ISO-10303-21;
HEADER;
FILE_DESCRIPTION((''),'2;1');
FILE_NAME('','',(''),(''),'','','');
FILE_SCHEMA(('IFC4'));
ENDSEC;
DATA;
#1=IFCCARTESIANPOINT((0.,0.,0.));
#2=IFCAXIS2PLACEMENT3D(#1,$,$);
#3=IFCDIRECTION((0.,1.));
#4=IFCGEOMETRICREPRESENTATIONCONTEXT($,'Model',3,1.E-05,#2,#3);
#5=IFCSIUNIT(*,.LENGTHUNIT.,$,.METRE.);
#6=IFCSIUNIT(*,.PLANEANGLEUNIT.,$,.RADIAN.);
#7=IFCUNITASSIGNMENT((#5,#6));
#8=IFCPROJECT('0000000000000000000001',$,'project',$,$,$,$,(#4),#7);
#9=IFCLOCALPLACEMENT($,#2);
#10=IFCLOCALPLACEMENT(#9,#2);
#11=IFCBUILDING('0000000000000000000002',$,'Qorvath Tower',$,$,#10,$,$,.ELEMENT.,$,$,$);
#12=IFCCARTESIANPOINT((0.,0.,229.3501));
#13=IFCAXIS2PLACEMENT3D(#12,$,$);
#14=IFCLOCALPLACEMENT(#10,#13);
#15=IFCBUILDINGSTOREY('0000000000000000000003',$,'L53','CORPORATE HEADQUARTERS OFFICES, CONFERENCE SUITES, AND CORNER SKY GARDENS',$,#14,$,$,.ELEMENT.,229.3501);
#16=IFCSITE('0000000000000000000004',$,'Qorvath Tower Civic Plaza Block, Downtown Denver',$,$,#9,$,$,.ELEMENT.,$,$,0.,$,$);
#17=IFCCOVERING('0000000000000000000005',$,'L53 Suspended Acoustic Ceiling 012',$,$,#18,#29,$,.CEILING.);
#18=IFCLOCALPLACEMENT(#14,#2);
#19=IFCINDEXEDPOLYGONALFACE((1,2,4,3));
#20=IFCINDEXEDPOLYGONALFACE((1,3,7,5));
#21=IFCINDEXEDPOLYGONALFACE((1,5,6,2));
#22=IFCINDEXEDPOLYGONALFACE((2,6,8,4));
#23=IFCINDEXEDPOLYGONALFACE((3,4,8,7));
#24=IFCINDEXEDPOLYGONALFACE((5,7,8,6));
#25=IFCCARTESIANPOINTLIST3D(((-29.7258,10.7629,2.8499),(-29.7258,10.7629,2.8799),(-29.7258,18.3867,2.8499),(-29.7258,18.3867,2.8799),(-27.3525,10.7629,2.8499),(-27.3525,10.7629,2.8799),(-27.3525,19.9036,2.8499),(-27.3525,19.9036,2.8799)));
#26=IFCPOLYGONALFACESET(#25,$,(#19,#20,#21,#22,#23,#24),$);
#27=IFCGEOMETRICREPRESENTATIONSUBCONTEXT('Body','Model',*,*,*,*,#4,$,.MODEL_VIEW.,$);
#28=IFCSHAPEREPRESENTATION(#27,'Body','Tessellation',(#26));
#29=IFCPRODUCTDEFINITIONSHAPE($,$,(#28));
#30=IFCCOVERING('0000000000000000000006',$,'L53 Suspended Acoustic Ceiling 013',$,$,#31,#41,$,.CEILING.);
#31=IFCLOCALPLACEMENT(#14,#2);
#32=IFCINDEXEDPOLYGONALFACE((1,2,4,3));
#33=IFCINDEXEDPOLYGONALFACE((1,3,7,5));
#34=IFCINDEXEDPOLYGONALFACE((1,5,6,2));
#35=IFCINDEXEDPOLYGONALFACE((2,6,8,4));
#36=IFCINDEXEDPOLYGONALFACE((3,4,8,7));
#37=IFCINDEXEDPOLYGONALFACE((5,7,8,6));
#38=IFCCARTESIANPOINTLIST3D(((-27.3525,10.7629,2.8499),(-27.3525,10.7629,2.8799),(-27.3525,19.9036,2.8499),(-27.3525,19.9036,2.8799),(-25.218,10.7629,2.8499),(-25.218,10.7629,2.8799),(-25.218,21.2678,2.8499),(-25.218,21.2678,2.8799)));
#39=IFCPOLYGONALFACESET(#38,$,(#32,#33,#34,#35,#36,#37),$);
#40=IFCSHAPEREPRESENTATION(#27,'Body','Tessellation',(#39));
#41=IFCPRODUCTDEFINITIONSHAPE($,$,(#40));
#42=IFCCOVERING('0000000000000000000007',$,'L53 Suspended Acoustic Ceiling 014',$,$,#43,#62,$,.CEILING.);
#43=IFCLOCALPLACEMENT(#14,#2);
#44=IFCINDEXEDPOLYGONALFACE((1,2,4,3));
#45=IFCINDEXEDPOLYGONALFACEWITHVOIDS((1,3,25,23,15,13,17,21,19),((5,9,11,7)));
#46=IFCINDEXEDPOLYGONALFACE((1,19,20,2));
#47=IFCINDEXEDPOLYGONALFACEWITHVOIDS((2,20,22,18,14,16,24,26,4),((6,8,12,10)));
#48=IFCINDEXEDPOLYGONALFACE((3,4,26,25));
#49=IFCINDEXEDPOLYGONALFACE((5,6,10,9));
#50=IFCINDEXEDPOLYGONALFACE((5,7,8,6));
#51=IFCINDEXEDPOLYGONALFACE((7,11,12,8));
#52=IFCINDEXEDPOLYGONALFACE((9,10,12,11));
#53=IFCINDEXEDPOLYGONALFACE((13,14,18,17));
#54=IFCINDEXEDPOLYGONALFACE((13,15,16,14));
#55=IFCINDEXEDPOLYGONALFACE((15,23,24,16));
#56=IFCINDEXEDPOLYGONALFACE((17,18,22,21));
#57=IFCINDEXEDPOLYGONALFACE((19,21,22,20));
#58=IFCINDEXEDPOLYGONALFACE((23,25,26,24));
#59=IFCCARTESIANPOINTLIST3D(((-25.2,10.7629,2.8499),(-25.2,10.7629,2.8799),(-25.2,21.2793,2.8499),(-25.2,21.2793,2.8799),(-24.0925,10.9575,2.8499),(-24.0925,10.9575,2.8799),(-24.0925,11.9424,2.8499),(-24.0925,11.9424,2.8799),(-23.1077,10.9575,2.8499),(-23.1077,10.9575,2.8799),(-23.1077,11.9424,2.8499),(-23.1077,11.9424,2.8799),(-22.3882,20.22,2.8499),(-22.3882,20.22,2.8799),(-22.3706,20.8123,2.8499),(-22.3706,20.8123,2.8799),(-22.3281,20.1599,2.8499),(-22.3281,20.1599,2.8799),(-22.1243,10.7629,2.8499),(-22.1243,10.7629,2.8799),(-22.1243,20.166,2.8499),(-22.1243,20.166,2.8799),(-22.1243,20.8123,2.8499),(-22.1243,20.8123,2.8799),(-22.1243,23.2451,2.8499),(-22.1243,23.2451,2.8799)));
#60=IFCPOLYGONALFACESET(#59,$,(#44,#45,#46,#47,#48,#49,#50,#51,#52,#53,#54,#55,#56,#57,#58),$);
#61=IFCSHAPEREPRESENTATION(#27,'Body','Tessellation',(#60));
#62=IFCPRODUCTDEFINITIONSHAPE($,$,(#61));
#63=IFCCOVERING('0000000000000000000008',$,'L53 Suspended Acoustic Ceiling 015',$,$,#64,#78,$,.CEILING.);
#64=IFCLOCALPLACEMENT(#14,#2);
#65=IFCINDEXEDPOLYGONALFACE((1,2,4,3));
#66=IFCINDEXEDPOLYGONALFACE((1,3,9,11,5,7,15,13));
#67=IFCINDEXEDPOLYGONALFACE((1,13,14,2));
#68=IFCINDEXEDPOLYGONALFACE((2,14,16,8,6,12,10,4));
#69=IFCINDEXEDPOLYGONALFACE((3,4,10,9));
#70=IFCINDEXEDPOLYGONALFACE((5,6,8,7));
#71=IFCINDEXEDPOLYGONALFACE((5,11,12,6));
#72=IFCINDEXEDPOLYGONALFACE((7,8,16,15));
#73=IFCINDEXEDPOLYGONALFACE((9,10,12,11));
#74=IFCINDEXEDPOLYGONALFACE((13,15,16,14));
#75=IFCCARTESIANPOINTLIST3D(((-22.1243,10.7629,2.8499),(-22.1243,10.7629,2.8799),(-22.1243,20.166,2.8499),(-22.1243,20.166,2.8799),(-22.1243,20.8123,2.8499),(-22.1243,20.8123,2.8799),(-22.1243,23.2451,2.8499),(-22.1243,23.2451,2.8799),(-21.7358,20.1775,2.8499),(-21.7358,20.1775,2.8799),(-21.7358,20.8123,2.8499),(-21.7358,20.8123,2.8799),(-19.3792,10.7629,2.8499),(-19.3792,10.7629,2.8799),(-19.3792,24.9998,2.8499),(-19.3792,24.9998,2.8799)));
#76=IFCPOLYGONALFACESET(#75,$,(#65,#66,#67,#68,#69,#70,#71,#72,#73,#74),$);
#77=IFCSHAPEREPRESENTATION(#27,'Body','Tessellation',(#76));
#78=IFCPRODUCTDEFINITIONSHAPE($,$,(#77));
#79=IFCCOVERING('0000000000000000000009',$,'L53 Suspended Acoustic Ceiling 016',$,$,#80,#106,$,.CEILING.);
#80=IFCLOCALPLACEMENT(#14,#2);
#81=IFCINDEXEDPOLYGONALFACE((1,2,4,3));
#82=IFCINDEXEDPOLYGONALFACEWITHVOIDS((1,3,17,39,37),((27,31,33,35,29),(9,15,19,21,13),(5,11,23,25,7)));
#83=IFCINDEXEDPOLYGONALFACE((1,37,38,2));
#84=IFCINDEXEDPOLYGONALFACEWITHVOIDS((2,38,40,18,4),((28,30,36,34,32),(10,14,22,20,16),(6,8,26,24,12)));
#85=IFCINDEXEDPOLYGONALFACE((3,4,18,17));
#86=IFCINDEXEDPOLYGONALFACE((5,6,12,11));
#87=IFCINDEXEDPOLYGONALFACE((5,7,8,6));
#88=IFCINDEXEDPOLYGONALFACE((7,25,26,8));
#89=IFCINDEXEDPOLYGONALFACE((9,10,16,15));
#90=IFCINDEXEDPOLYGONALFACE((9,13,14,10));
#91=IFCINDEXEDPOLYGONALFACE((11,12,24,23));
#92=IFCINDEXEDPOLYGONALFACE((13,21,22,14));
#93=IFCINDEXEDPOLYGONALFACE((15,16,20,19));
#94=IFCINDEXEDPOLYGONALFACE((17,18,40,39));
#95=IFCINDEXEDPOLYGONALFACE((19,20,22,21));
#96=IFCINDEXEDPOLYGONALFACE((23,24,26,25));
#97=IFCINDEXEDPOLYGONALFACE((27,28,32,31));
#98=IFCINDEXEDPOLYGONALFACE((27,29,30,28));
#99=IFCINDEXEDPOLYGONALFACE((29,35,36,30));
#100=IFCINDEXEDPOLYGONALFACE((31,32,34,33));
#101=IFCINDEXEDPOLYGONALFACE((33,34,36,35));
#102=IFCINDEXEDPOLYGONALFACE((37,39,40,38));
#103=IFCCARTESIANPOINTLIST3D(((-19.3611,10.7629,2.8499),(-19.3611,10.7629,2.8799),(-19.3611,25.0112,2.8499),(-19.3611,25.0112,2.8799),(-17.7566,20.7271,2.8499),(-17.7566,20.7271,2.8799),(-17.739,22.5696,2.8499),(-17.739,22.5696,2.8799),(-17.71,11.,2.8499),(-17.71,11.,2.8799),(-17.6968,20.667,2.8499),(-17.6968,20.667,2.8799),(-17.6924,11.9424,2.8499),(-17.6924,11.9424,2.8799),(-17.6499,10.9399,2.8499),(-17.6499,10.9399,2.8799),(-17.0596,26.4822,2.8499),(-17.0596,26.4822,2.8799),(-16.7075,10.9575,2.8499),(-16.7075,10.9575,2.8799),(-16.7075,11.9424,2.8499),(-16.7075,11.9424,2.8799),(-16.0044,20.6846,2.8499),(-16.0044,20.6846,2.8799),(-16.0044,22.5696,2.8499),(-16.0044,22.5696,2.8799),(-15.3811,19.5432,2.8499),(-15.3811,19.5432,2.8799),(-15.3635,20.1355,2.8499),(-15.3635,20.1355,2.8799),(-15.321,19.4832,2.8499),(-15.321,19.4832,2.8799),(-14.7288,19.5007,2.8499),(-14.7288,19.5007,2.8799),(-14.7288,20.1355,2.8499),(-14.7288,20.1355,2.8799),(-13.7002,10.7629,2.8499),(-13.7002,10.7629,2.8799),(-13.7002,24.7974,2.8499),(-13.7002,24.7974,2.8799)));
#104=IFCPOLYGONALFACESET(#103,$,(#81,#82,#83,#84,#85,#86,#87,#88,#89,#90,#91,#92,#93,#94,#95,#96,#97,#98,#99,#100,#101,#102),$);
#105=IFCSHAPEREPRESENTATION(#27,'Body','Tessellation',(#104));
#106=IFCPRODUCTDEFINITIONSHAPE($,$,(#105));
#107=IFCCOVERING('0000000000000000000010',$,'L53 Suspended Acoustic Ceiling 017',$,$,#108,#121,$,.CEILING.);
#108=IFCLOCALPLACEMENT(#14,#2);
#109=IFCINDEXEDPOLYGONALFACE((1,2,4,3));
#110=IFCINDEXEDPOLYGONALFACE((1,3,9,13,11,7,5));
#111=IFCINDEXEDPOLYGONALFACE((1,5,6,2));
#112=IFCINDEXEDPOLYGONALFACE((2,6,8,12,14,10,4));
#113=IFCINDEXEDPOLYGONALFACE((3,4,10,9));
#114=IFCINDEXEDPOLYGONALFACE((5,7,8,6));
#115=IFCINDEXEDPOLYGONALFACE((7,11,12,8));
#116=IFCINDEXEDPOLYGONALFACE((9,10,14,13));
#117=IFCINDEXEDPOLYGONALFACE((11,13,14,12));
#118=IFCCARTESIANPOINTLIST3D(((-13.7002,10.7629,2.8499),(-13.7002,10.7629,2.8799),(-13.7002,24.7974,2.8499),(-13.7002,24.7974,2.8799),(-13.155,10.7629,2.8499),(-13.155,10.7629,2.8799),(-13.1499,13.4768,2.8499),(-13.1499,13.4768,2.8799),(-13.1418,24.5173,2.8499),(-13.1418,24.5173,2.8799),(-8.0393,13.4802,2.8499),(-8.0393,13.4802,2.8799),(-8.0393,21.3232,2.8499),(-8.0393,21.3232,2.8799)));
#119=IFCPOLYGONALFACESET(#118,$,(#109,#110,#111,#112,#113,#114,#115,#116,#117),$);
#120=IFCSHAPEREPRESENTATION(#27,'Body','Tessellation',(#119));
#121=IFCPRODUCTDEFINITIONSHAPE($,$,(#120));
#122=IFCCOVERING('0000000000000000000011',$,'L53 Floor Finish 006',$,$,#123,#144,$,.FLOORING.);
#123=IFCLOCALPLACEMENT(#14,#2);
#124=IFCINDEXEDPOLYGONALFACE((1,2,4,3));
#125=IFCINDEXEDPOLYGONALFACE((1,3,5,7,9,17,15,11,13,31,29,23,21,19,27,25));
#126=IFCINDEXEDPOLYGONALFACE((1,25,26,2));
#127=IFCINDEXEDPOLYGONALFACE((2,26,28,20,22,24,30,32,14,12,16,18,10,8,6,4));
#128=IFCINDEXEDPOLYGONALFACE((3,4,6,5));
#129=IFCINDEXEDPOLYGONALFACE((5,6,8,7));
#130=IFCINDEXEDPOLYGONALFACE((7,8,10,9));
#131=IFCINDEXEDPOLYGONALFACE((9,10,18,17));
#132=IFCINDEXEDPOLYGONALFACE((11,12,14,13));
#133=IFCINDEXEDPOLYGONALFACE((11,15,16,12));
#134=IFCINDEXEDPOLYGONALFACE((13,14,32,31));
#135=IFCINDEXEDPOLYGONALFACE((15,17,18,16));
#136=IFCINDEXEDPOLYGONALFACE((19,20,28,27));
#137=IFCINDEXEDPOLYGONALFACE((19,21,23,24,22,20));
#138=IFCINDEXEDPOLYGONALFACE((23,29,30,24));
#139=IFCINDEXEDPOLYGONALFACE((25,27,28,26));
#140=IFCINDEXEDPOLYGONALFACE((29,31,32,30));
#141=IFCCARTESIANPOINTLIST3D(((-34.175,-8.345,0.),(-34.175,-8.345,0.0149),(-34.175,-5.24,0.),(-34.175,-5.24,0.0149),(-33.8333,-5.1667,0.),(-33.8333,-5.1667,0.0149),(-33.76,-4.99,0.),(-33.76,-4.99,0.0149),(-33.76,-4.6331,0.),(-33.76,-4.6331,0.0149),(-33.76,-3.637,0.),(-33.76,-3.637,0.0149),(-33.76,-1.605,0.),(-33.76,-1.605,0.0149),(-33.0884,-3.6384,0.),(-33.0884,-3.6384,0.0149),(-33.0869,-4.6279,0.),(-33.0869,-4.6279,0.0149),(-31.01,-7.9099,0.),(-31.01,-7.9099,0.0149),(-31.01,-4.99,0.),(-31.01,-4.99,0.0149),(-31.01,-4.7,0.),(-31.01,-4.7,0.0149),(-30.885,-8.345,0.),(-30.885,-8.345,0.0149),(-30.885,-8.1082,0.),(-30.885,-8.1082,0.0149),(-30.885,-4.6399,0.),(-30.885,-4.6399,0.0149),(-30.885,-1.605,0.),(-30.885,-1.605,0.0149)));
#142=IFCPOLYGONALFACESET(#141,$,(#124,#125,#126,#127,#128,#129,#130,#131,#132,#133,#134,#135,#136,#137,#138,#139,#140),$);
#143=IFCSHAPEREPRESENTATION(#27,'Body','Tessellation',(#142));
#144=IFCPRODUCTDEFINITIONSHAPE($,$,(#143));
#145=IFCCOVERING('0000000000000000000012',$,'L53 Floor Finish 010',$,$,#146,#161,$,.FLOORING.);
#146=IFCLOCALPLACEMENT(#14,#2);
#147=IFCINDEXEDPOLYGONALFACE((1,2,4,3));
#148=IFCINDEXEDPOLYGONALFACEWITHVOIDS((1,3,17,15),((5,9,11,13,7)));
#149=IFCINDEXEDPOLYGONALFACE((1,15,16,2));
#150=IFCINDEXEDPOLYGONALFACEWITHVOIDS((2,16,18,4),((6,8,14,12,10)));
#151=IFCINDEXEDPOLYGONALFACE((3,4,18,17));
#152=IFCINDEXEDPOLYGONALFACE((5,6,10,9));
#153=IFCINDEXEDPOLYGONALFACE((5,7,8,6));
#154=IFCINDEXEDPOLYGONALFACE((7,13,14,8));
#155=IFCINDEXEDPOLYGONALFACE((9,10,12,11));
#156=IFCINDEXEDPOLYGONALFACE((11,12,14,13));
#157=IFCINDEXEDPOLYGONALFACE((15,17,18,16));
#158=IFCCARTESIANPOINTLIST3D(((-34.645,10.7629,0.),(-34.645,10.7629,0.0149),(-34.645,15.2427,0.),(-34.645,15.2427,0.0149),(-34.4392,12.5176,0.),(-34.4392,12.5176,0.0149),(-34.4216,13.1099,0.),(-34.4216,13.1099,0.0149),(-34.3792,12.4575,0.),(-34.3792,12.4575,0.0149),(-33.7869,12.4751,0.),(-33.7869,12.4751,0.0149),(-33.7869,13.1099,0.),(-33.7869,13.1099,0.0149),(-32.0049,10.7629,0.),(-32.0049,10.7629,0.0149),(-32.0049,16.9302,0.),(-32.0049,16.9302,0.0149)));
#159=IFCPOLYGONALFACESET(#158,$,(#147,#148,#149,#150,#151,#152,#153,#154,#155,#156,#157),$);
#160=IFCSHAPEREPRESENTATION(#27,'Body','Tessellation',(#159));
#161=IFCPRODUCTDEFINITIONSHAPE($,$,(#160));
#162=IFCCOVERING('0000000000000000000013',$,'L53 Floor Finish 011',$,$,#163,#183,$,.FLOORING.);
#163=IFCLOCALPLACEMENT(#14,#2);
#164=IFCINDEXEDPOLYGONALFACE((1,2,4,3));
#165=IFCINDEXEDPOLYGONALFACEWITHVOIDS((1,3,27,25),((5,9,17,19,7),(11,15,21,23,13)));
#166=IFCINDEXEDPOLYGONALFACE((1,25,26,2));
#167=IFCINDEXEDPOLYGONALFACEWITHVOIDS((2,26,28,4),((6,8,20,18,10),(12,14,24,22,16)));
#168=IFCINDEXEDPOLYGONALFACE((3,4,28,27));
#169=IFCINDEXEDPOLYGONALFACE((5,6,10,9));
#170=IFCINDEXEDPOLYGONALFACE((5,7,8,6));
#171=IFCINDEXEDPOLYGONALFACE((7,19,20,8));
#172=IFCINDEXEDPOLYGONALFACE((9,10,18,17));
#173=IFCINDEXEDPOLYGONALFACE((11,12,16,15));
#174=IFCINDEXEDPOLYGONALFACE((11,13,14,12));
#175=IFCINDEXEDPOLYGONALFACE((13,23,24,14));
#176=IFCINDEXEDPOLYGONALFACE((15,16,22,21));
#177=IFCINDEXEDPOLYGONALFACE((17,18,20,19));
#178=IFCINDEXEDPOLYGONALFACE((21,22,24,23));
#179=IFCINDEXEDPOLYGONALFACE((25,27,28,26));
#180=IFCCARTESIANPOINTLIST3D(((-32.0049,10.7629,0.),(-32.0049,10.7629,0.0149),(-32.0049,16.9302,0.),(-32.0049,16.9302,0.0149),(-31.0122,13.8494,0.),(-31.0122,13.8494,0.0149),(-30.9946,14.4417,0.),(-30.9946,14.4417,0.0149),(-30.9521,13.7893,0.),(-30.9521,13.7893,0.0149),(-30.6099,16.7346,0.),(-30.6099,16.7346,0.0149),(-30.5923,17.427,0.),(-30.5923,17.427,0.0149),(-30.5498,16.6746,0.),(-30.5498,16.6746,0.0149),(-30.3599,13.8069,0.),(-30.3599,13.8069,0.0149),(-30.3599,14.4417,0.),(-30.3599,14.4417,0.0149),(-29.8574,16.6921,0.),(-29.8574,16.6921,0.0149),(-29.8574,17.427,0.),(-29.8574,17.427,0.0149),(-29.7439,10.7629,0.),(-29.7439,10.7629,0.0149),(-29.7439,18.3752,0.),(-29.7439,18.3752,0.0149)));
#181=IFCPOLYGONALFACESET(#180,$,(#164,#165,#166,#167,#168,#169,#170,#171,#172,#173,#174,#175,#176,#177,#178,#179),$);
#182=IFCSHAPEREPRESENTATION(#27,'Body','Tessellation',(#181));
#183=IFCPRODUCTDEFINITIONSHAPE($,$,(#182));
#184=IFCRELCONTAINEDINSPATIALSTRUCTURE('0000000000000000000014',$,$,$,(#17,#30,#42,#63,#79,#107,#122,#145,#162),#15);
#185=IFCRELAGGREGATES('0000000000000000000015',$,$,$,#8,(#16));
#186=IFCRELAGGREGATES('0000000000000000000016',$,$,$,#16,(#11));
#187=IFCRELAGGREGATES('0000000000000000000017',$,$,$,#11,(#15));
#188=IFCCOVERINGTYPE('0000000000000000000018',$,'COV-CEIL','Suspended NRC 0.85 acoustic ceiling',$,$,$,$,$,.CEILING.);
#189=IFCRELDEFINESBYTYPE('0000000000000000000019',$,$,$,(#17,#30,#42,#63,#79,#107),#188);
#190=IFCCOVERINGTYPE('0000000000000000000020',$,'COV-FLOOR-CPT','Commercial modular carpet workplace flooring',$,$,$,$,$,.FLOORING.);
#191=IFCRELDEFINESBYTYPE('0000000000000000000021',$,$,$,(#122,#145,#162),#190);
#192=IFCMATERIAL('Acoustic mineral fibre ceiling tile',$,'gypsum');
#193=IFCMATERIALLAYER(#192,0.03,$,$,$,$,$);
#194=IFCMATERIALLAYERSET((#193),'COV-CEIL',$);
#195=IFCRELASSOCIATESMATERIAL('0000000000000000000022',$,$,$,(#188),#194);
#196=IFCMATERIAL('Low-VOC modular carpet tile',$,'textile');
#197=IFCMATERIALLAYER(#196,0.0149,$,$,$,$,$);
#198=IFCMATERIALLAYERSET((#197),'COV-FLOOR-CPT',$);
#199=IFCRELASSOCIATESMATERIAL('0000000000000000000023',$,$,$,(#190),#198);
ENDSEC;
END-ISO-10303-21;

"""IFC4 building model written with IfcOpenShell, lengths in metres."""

from ifc_helpers import new_model, si_unit, direction, frame, origin, place, context, subcontext, project, spatial, polyline, outline, extrude, material, layer, layer_set, type_object, element, save


model = new_model("IFC4")

# Units and contexts
model_context = context("Model", 3, precision=1e-05, world=origin(), true_north=direction((0.0, 1.0)))
body_context = subcontext(model_context, "Body", "Model", "MODEL_VIEW")
ifc_project = project(units=[si_unit("LENGTHUNIT", "METRE"), si_unit("PLANEANGLEUNIT", "RADIAN")], contexts=[model_context])

# Site, building, storey
site_placement = place(None, origin())
site = spatial("IfcSite", under=ifc_project, at=site_placement, Name="Qorvath Tower Civic Plaza Block, Downtown Denver", CompositionType="ELEMENT", RefElevation=0.0)
building_placement = place(site_placement, origin())
building = spatial("IfcBuilding", under=site, at=building_placement, Name="Qorvath Tower", CompositionType="ELEMENT")
storey_placement = place(building_placement, frame((0.0, 0.0, 229.3501)))
storey = spatial("IfcBuildingStorey", under=building, at=storey_placement, Name="L53", Description="CORPORATE HEADQUARTERS OFFICES, CONFERENCE SUITES, AND CORNER SKY GARDENS", CompositionType="ELEMENT", Elevation=229.3501)

# Coverings
ifc_material_1 = material(Name="Acoustic mineral fibre ceiling tile", Category="gypsum")
ifc_layer_1 = layer(ifc_material_1, 0.03)
ifc_layer_set_1 = layer_set([ifc_layer_1], Name="COV-CEIL")
covering_type_1 = type_object("IfcCoveringType", Name="COV-CEIL", Description="Suspended NRC 0.85 acoustic ceiling", PredefinedType="CEILING", material=ifc_layer_set_1)
covering_1_placement = place(storey_placement, frame((0.0, 0.0, 2.8499)))
element("IfcCovering", 1, at=covering_1_placement, inside=storey, type_object=covering_type_1, Name="L53 Suspended Acoustic Ceiling 012", PredefinedType="CEILING", context=body_context, shape_type="SweptSolid", body=[
    extrude(outline(polyline([(-29.7258, 10.7629), (-27.3525, 10.7629), (-27.3525, 19.9036), (-29.7258, 18.3867), (-29.7258, 10.7629)])), origin(), (0.0, 0.0, 1.0), 0.03),
])
covering_2_placement = place(storey_placement, frame((0.0, 0.0, 2.8499)))
element("IfcCovering", 2, at=covering_2_placement, inside=storey, type_object=covering_type_1, Name="L53 Suspended Acoustic Ceiling 013", PredefinedType="CEILING", context=body_context, shape_type="SweptSolid", body=[
    extrude(outline(polyline([(-27.3525, 19.9036), (-27.3525, 10.7629), (-25.218, 10.7629), (-25.218, 21.2678), (-27.3525, 19.9036)])), origin(), (0.0, 0.0, 1.0), 0.03),
])
covering_3_placement = place(storey_placement, frame((0.0, 0.0, 2.8499)))
element("IfcCovering", 3, at=covering_3_placement, inside=storey, type_object=covering_type_1, Name="L53 Suspended Acoustic Ceiling 014", PredefinedType="CEILING", context=body_context, shape_type="SweptSolid", body=[
    extrude(outline(polyline([(-25.2, 10.7629), (-22.1243, 10.7629), (-22.1243, 20.166), (-22.3281, 20.1599), (-22.3882, 20.22), (-22.3706, 20.8123), (-22.1243, 20.8123), (-22.1243, 23.2451), (-25.2, 21.2793), (-25.2, 10.7629)]), holes=[polyline([(-24.0925, 10.9575), (-24.0925, 11.9424), (-23.1077, 11.9424), (-23.1077, 10.9575), (-24.0925, 10.9575)])]), origin(), (0.0, 0.0, 1.0), 0.03),
])
covering_4_placement = place(storey_placement, frame((0.0, 0.0, 2.8499)))
element("IfcCovering", 4, at=covering_4_placement, inside=storey, type_object=covering_type_1, Name="L53 Suspended Acoustic Ceiling 015", PredefinedType="CEILING", context=body_context, shape_type="SweptSolid", body=[
    extrude(outline(polyline([(-22.1243, 23.2451), (-22.1243, 20.8123), (-21.7358, 20.8123), (-21.7358, 20.1775), (-22.1243, 20.166), (-22.1243, 10.7629), (-19.3792, 10.7629), (-19.3792, 24.9998), (-22.1243, 23.2451)])), origin(), (0.0, 0.0, 1.0), 0.03),
])
covering_5_placement = place(storey_placement, frame((0.0, 0.0, 2.8499)))
element("IfcCovering", 5, at=covering_5_placement, inside=storey, type_object=covering_type_1, Name="L53 Suspended Acoustic Ceiling 016", PredefinedType="CEILING", context=body_context, shape_type="SweptSolid", body=[
    extrude(outline(polyline([(-13.7002, 10.7629), (-13.7002, 24.7974), (-17.0596, 26.4822), (-19.3611, 25.0112), (-19.3611, 10.7629), (-13.7002, 10.7629)]), holes=[polyline([(-15.3811, 19.5432), (-15.3635, 20.1355), (-14.7288, 20.1355), (-14.7288, 19.5007), (-15.321, 19.4832), (-15.3811, 19.5432)]), polyline([(-17.7566, 20.7271), (-17.739, 22.5696), (-16.0044, 22.5696), (-16.0044, 20.6846), (-17.6968, 20.667), (-17.7566, 20.7271)]), polyline([(-17.71, 11.0), (-17.6924, 11.9424), (-16.7075, 11.9424), (-16.7075, 10.9575), (-17.6499, 10.9399), (-17.71, 11.0)])]), origin(), (0.0, 0.0, 1.0), 0.03),
])
covering_6_placement = place(storey_placement, frame((0.0, 0.0, 2.8499)))
element("IfcCovering", 6, at=covering_6_placement, inside=storey, type_object=covering_type_1, Name="L53 Suspended Acoustic Ceiling 017", PredefinedType="CEILING", context=body_context, shape_type="SweptSolid", body=[
    extrude(outline(polyline([(-8.0393, 13.4802), (-8.0393, 21.3232), (-13.1418, 24.5173), (-13.7002, 24.7974), (-13.7002, 10.7629), (-13.155, 10.7629), (-13.1499, 13.4768), (-8.0393, 13.4802)])), origin(), (0.0, 0.0, 1.0), 0.03),
])
ifc_material_2 = material(Name="Low-VOC modular carpet tile", Category="textile")
ifc_layer_2 = layer(ifc_material_2, 0.0149)
ifc_layer_set_2 = layer_set([ifc_layer_2], Name="COV-FLOOR-CPT")
covering_type_2 = type_object("IfcCoveringType", Name="COV-FLOOR-CPT", Description="Commercial modular carpet workplace flooring", PredefinedType="FLOORING", material=ifc_layer_set_2)
covering_7_placement = place(storey_placement, origin())
element("IfcCovering", 7, at=covering_7_placement, inside=storey, type_object=covering_type_2, Name="L53 Floor Finish 006", PredefinedType="FLOORING", context=body_context, shape_type="SweptSolid", body=[
    extrude(outline(polyline([(-30.885, -1.605), (-33.76, -1.605), (-33.76, -3.637), (-33.0884, -3.6384), (-33.0869, -4.6279), (-33.76, -4.6331), (-33.76, -4.99), (-33.8333, -5.1667), (-34.175, -5.24), (-34.175, -8.345), (-30.885, -8.345), (-30.885, -8.1082), (-31.01, -7.9099), (-31.01, -4.99), (-31.01, -4.7), (-30.885, -4.6399), (-30.885, -1.605)])), origin(), (0.0, 0.0, 1.0), 0.0149),
])
covering_8_placement = place(storey_placement, origin())
element("IfcCovering", 8, at=covering_8_placement, inside=storey, type_object=covering_type_2, Name="L53 Floor Finish 010", PredefinedType="FLOORING", context=body_context, shape_type="SweptSolid", body=[
    extrude(outline(polyline([(-32.0049, 10.7629), (-32.0049, 16.9302), (-34.645, 15.2427), (-34.645, 10.7629), (-32.0049, 10.7629)]), holes=[polyline([(-34.4392, 12.5176), (-34.4216, 13.1099), (-33.7869, 13.1099), (-33.7869, 12.4751), (-34.3792, 12.4575), (-34.4392, 12.5176)])]), origin(), (0.0, 0.0, 1.0), 0.0149),
])
covering_9_placement = place(storey_placement, origin())
element("IfcCovering", 9, at=covering_9_placement, inside=storey, type_object=covering_type_2, Name="L53 Floor Finish 011", PredefinedType="FLOORING", context=body_context, shape_type="SweptSolid", body=[
    extrude(outline(polyline([(-29.7439, 10.7629), (-29.7439, 18.3752), (-32.0049, 16.9302), (-32.0049, 10.7629), (-29.7439, 10.7629)]), holes=[polyline([(-30.6099, 16.7346), (-30.5923, 17.427), (-29.8574, 17.427), (-29.8574, 16.6921), (-30.5498, 16.6746), (-30.6099, 16.7346)]), polyline([(-31.0122, 13.8494), (-30.9946, 14.4417), (-30.3599, 14.4417), (-30.3599, 13.8069), (-30.9521, 13.7893), (-31.0122, 13.8494)])]), origin(), (0.0, 0.0, 1.0), 0.0149),
])

save(model, "model.ifc")
